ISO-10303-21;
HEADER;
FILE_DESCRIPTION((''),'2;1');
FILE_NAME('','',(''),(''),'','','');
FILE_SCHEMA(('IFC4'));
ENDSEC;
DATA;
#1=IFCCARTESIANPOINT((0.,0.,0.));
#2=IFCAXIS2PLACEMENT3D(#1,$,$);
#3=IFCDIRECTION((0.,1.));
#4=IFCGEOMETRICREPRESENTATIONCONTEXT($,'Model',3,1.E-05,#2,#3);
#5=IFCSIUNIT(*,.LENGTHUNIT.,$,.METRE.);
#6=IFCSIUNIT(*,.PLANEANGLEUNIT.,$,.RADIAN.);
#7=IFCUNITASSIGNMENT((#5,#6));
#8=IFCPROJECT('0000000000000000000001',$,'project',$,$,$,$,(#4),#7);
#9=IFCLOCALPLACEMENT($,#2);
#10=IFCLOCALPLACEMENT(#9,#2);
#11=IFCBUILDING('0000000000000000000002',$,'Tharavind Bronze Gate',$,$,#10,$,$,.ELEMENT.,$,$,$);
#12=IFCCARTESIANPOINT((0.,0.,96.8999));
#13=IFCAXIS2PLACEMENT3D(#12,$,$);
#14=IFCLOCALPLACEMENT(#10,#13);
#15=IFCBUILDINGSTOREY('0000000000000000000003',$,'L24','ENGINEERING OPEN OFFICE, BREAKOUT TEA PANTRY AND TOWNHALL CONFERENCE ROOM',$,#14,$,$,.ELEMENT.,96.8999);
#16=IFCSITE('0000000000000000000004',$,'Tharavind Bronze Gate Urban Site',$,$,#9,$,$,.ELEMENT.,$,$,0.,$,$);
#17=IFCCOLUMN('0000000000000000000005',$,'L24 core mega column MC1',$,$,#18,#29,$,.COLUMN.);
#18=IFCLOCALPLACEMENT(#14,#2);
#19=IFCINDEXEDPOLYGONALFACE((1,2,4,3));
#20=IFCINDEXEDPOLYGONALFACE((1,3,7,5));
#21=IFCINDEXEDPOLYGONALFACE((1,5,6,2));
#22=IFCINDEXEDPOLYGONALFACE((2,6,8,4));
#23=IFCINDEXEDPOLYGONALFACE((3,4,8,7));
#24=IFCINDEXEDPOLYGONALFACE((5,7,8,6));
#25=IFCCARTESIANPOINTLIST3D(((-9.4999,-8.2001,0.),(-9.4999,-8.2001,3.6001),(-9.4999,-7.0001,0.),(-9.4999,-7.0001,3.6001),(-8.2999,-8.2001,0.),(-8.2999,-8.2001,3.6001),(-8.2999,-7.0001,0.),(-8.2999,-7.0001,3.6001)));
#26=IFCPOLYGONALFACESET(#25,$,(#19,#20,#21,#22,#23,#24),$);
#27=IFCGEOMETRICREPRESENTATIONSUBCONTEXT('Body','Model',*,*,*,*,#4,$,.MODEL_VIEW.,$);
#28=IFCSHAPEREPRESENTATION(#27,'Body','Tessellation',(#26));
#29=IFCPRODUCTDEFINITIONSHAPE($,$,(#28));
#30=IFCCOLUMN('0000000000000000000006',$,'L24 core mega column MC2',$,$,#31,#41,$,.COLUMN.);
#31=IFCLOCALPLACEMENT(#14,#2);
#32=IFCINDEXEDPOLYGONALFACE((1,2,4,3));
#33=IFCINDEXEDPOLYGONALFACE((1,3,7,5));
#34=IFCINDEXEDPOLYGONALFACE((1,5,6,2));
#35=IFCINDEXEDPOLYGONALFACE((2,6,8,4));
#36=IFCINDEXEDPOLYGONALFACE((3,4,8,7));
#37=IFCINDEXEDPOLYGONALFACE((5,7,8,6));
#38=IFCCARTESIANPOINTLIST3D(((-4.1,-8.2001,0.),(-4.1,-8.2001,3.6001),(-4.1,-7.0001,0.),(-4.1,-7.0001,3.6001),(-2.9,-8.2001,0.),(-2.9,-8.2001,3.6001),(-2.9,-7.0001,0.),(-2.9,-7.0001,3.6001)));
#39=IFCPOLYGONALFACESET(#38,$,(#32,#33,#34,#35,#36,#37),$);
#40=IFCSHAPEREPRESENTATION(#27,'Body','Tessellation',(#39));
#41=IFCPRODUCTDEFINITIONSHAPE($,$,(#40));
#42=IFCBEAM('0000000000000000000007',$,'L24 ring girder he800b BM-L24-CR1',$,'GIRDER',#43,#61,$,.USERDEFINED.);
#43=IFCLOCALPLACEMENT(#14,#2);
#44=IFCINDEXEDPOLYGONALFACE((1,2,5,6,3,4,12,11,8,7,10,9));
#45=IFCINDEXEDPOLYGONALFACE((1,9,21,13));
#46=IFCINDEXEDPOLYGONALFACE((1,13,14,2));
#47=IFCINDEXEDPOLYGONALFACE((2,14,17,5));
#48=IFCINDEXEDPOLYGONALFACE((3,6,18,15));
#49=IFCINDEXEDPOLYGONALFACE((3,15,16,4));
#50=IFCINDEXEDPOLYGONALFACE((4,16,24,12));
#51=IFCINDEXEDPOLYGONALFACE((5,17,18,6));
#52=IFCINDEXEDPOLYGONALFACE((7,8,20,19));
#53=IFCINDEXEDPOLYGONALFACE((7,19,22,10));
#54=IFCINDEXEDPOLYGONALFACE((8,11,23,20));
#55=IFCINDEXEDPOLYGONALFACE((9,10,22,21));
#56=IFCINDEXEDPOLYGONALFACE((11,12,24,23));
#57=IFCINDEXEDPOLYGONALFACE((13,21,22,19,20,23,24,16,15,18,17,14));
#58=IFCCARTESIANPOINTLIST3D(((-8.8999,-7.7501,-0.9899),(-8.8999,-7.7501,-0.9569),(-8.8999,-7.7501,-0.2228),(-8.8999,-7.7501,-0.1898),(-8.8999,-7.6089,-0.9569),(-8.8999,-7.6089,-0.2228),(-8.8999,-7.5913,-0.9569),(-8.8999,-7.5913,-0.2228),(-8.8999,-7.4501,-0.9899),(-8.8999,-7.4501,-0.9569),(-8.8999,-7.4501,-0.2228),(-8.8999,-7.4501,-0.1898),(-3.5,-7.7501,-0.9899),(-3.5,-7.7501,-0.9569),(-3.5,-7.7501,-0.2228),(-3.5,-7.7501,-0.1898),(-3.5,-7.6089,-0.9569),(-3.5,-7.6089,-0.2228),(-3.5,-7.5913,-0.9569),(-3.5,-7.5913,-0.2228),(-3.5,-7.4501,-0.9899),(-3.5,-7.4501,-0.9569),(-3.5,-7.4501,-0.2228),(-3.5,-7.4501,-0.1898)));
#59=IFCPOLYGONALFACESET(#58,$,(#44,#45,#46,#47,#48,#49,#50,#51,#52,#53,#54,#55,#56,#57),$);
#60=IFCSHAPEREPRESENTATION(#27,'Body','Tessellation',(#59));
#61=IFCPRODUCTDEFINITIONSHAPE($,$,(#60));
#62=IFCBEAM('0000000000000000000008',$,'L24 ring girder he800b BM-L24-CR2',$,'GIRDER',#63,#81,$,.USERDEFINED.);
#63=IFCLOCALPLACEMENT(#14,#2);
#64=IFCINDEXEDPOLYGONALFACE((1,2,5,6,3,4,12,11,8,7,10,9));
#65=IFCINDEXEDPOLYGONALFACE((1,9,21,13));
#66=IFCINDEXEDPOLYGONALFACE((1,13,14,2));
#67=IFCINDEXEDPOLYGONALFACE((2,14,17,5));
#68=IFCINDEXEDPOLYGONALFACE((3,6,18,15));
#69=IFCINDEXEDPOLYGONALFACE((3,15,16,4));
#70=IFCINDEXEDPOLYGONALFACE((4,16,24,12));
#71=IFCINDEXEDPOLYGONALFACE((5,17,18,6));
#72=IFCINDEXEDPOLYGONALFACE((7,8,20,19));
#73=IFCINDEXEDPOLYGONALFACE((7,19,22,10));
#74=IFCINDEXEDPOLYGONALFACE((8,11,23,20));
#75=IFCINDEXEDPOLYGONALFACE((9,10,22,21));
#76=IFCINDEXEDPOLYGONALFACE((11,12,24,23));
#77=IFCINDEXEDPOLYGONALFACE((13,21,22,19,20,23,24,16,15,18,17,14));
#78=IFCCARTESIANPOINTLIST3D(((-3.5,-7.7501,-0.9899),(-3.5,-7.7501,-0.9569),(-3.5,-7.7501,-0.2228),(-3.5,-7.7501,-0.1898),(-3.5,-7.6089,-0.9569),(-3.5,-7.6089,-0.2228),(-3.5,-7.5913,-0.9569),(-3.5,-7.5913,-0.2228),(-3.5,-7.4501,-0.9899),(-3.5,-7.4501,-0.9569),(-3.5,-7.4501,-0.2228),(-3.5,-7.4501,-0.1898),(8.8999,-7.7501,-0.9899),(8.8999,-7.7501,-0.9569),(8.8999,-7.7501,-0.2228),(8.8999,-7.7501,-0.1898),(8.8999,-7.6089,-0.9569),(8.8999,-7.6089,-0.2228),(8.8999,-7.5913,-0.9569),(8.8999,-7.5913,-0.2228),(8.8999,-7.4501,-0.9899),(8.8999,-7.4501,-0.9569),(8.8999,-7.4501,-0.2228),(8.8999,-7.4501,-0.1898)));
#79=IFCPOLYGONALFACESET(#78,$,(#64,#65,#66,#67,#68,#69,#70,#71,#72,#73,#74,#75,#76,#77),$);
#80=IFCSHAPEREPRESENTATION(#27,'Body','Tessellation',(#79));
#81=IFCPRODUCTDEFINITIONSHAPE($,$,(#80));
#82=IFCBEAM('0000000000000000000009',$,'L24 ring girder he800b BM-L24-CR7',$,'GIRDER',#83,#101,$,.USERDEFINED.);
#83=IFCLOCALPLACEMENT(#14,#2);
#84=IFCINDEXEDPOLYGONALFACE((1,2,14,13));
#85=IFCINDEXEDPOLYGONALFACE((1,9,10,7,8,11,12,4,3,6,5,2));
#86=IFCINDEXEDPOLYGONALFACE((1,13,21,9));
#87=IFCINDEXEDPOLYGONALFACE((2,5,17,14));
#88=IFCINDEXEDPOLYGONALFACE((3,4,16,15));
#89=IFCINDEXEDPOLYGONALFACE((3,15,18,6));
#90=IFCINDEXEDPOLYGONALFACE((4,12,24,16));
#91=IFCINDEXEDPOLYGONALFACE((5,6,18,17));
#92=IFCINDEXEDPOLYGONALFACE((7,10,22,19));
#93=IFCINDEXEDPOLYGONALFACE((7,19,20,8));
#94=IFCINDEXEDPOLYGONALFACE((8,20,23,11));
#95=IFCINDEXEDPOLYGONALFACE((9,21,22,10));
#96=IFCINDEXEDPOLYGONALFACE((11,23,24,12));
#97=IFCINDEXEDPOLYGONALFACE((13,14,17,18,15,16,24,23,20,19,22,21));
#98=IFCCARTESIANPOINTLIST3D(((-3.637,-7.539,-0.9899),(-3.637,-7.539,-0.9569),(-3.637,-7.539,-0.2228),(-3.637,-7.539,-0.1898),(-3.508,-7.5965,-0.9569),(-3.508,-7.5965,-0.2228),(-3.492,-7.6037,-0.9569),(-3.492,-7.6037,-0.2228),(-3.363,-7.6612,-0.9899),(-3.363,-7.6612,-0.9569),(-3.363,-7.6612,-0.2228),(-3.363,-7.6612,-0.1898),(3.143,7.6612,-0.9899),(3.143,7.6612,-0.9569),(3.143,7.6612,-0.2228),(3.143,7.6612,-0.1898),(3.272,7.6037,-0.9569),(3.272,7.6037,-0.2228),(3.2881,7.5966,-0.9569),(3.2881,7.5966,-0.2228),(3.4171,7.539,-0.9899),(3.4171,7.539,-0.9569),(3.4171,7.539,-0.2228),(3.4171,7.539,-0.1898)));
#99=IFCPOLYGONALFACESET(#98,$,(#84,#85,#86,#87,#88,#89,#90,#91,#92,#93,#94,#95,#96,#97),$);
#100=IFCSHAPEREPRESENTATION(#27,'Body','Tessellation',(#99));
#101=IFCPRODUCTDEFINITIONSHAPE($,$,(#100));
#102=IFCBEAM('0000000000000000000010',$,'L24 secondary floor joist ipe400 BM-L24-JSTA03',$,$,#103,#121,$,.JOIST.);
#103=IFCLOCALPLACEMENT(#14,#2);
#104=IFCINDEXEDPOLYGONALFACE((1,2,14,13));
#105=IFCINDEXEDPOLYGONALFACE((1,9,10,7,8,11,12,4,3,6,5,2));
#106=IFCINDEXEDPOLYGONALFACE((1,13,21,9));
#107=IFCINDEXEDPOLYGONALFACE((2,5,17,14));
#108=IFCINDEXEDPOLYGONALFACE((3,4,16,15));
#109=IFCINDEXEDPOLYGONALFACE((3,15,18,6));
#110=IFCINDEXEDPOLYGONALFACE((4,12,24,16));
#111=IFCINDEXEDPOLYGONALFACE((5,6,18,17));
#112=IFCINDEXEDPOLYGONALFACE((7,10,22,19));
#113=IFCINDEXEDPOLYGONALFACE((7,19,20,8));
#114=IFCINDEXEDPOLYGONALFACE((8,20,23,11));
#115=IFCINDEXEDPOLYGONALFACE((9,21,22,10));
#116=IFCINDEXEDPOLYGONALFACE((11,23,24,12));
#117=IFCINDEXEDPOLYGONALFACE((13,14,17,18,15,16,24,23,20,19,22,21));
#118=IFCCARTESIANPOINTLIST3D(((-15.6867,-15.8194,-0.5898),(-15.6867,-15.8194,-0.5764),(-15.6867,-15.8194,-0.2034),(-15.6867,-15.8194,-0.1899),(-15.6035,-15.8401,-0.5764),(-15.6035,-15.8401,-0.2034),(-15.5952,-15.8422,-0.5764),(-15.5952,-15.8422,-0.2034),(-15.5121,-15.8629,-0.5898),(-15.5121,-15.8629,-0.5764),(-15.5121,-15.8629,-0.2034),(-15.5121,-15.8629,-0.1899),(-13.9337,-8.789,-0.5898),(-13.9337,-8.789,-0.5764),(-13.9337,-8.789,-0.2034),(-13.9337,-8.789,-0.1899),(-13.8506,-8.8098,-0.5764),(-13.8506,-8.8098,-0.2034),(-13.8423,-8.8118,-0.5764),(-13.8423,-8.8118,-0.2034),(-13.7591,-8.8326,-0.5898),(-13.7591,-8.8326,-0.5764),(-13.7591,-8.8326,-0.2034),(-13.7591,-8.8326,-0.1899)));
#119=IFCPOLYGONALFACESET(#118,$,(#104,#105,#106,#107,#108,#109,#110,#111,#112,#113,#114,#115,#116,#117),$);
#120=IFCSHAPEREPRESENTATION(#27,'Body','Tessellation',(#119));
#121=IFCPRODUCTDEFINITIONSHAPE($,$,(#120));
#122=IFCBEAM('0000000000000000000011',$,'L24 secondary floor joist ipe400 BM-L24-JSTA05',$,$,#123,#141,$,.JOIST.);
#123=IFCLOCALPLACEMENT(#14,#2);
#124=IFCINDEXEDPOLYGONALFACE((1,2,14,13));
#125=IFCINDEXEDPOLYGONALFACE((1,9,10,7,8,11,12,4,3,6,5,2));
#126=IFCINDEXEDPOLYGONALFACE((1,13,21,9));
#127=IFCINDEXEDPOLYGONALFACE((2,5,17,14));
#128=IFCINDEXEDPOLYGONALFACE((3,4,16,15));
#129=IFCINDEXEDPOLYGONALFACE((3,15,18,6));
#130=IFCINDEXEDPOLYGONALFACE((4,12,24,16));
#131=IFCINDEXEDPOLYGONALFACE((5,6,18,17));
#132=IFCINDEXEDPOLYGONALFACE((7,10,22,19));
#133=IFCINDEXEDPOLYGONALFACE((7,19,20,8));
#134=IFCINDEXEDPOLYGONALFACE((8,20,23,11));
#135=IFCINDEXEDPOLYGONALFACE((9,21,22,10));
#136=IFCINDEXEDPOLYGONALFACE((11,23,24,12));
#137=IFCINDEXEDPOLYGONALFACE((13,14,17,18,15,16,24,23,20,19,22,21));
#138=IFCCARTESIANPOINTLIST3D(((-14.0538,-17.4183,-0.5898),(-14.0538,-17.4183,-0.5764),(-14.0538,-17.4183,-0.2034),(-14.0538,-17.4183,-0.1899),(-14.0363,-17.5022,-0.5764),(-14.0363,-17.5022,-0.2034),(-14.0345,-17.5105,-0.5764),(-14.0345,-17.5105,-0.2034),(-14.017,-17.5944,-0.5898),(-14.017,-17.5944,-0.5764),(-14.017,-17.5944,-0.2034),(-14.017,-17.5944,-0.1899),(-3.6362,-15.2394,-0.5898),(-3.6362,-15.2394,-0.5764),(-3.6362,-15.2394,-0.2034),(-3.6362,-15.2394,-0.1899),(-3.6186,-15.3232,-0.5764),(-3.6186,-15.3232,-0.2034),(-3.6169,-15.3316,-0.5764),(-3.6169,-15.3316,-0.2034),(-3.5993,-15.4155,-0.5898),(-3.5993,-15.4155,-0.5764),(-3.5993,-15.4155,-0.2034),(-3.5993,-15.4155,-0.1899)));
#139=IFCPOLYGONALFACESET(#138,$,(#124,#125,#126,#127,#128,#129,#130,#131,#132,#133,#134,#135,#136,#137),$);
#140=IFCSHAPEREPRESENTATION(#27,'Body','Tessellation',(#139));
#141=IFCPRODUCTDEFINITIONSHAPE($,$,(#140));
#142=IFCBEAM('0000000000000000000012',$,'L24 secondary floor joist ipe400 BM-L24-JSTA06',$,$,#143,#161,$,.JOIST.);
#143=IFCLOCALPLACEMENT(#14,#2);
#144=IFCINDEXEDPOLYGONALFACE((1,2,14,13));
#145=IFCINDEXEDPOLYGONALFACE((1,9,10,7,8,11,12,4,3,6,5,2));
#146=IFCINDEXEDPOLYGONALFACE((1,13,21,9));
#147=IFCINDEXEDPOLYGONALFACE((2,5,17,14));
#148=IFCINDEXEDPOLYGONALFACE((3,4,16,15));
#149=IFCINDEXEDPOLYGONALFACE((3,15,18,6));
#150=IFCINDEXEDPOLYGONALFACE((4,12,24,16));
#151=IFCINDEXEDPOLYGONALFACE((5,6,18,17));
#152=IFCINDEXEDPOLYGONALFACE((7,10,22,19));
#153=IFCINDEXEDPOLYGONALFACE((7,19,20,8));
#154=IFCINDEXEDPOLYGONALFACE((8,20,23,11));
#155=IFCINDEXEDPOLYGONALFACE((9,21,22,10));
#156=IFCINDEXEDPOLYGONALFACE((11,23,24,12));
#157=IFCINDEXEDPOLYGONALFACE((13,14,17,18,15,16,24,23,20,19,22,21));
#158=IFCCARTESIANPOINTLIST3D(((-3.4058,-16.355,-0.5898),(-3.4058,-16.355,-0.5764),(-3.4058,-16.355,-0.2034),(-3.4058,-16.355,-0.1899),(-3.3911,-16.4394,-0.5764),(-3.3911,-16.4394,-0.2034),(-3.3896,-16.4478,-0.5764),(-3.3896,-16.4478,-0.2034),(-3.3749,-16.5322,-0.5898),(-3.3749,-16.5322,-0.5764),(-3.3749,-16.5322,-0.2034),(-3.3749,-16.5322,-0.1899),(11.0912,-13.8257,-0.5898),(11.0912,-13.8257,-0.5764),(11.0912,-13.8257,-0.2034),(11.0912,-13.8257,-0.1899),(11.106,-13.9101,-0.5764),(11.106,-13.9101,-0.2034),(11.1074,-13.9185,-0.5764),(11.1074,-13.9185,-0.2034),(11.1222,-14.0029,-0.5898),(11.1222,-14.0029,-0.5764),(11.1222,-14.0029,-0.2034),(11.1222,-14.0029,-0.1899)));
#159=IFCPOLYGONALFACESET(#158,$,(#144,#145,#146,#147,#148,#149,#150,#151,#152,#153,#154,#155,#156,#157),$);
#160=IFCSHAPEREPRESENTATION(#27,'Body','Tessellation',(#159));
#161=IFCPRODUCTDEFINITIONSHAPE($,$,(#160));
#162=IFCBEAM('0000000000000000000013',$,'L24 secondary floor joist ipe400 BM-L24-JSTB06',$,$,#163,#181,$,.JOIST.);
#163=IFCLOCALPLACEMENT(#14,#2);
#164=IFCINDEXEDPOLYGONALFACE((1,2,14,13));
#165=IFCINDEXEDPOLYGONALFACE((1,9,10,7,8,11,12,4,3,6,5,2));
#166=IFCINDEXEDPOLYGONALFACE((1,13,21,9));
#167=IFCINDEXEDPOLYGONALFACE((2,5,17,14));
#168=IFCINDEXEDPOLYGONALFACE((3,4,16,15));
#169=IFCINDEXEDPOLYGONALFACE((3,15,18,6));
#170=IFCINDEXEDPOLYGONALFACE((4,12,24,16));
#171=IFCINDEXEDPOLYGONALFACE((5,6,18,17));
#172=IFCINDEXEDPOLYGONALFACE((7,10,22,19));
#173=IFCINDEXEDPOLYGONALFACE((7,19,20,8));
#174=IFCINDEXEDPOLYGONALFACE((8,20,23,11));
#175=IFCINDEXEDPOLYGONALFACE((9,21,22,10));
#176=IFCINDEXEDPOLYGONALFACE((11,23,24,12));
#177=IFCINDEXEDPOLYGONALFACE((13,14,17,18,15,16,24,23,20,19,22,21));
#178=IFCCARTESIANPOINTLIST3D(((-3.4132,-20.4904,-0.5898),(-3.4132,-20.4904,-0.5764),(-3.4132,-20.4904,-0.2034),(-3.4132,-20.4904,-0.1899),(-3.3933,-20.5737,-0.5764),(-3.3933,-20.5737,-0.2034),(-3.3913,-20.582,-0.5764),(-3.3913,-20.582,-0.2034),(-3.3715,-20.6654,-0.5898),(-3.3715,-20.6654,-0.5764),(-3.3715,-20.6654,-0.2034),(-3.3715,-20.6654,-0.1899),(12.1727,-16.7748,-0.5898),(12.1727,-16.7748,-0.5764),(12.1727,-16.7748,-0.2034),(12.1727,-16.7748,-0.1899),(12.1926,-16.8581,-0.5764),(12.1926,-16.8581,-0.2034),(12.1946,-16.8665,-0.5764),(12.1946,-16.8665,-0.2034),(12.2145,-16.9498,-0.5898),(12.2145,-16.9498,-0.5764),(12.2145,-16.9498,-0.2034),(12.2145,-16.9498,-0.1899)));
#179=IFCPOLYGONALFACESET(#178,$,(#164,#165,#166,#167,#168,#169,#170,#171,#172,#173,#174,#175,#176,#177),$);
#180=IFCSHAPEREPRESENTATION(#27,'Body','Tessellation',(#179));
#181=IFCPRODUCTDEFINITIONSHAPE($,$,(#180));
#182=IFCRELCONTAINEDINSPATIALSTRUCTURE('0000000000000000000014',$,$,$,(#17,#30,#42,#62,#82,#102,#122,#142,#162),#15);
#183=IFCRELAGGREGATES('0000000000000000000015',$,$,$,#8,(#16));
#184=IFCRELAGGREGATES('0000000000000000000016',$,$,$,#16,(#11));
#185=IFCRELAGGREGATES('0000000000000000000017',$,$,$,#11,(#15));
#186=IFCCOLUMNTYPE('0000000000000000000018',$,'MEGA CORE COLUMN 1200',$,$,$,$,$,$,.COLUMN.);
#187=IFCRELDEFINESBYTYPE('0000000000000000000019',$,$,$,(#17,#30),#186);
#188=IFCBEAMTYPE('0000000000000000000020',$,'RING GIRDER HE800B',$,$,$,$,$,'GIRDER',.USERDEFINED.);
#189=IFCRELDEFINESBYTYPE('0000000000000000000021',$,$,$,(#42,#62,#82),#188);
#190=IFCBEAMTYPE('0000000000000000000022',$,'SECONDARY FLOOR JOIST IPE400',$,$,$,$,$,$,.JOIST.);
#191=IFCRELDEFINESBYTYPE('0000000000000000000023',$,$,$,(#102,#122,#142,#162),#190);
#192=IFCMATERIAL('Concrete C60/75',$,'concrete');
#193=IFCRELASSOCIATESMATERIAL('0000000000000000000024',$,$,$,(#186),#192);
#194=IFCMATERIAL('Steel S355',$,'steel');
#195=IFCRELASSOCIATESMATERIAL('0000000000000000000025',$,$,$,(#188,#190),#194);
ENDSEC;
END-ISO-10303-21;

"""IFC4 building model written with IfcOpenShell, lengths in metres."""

from ifc_helpers import new_model, si_unit, direction, frame, origin, origin_2d, place, context, subcontext, project, spatial, rectangle, i_section, extrude, material, material_profile, profile_set, type_object, element, save


model = new_model("IFC4")

# Units and contexts
model_context = context("Model", 3, precision=1e-05, world=origin(), true_north=direction((0.0, 1.0)))
body_context = subcontext(model_context, "Body", "Model", "MODEL_VIEW")
ifc_project = project(units=[si_unit("LENGTHUNIT", "METRE"), si_unit("PLANEANGLEUNIT", "RADIAN")], contexts=[model_context])

# Site, building, storey
site_placement = place(None, origin())
site = spatial("IfcSite", under=ifc_project, at=site_placement, Name="Tharavind Bronze Gate Urban Site", CompositionType="ELEMENT", RefElevation=0.0)
building_placement = place(site_placement, origin())
building = spatial("IfcBuilding", under=site, at=building_placement, Name="Tharavind Bronze Gate", CompositionType="ELEMENT")
storey_placement = place(building_placement, frame((0.0, 0.0, 96.8999)))
storey = spatial("IfcBuildingStorey", under=building, at=storey_placement, Name="L24", Description="ENGINEERING OPEN OFFICE, BREAKOUT TEA PANTRY AND TOWNHALL CONFERENCE ROOM", CompositionType="ELEMENT", Elevation=96.8999)

# Columns
ifc_material_1 = material(Name="Concrete C60/75", Category="concrete")
ifc_material_profile_1 = material_profile(ifc_material_1, rectangle(XDim=1.2, YDim=1.2, at=origin_2d()), Name="RCCOL1200")
ifc_profile_set_1 = profile_set([ifc_material_profile_1], Name="Concrete C60/75")
column_type = type_object("IfcColumnType", Name="MEGA CORE COLUMN 1200", PredefinedType="COLUMN", material=ifc_profile_set_1)
for number, where, z_axis, x_axis, name in (
    (1, (-8.8999, -7.6001, 0.0), (0.0, 0.0, 1.0), (1.0, 0.0, 0.0), "L24 core mega column MC1"),
    (2, (-3.5, -7.6001, 0.0), (0.0, 0.0, 1.0), (1.0, 0.0, 0.0), "L24 core mega column MC2"),
):
    element("IfcColumn", number, at=place(storey_placement, frame(where, z_axis=z_axis, x_axis=x_axis)), inside=storey, type_object=column_type, Name=name, PredefinedType="COLUMN", context=body_context, shape_type="SweptSolid", body=[
        extrude(rectangle(XDim=1.2, YDim=1.2, at=origin_2d()), origin(), (0.0, 0.0, 1.0), 3.6001),
    ])

# Beams
ifc_material_2 = material(Name="Steel S355", Category="steel")
ifc_material_profile_2 = material_profile(ifc_material_2, i_section(OverallWidth=0.3, OverallDepth=0.8, WebThickness=0.0176, FlangeThickness=0.033, at=origin_2d()), Name="HE800B")
ifc_profile_set_2 = profile_set([ifc_material_profile_2], Name="Steel S355")
beam_type_1 = type_object("IfcBeamType", Name="RING GIRDER HE800B", ElementType="GIRDER", PredefinedType="USERDEFINED", material=ifc_profile_set_2)
beam_1_placement = place(storey_placement, frame((-8.8999, -7.6001, -0.5898), z_axis=(1.0, 0.0, 0.0), x_axis=(0.0, 1.0, 0.0)))
element("IfcBeam", 3, at=beam_1_placement, inside=storey, type_object=beam_type_1, Name="L24 ring girder he800b BM-L24-CR1", ObjectType="GIRDER", PredefinedType="USERDEFINED", context=body_context, shape_type="SweptSolid", body=[
    extrude(i_section(OverallWidth=0.3, OverallDepth=0.8, WebThickness=0.0176, FlangeThickness=0.033, at=origin_2d()), origin(), (0.0, 0.0, 1.0), 5.3999),
])
beam_2_placement = place(storey_placement, frame((-3.5, -7.6001, -0.5898), z_axis=(1.0, 0.0, 0.0), x_axis=(0.0, 1.0, 0.0)))
element("IfcBeam", 4, at=beam_2_placement, inside=storey, type_object=beam_type_1, Name="L24 ring girder he800b BM-L24-CR2", ObjectType="GIRDER", PredefinedType="USERDEFINED", context=body_context, shape_type="SweptSolid", body=[
    extrude(i_section(OverallWidth=0.3, OverallDepth=0.8, WebThickness=0.0176, FlangeThickness=0.033, at=origin_2d()), origin(), (0.0, 0.0, 1.0), 12.3999),
])
beam_3_placement = place(storey_placement, frame((-3.5, -7.6001, -0.5898), z_axis=(0.407362, 0.913267, 0.0), x_axis=(-0.913267, 0.407362, 0.0)))
element("IfcBeam", 5, at=beam_3_placement, inside=storey, type_object=beam_type_1, Name="L24 ring girder he800b BM-L24-CR7", ObjectType="GIRDER", PredefinedType="USERDEFINED", context=body_context, shape_type="SweptSolid", body=[
    extrude(i_section(OverallWidth=0.3, OverallDepth=0.8, WebThickness=0.0176, FlangeThickness=0.033, at=origin_2d()), origin(), (0.0, 0.0, 1.0), 16.6438),
])
ifc_material_profile_3 = material_profile(ifc_material_2, i_section(OverallWidth=0.1799, OverallDepth=0.3999, WebThickness=0.0085, FlangeThickness=0.0134, at=origin_2d()), Name="IPE400")
ifc_profile_set_3 = profile_set([ifc_material_profile_3], Name="Steel S355")
beam_type_2 = type_object("IfcBeamType", Name="SECONDARY FLOOR JOIST IPE400", PredefinedType="JOIST", material=ifc_profile_set_3)
beam_4_placement = place(storey_placement, frame((-13.8464, -8.8108, -0.3899), z_axis=(-0.241933, -0.970293, 0.0), x_axis=(0.970293, -0.241933, 0.0)))
element("IfcBeam", 6, at=beam_4_placement, inside=storey, type_object=beam_type_2, Name="L24 secondary floor joist ipe400 BM-L24-JSTA03", PredefinedType="JOIST", context=body_context, shape_type="SweptSolid", body=[
    extrude(i_section(OverallWidth=0.1799, OverallDepth=0.3999, WebThickness=0.0085, FlangeThickness=0.0134, at=origin_2d()), origin(), (0.0, 0.0, 1.0), 7.2456),
])
beam_5_placement = place(storey_placement, frame((-14.0354, -17.5063, -0.3899), z_axis=(0.978819, 0.204728, 0.0), x_axis=(-0.204728, 0.978819, 0.0)))
element("IfcBeam", 7, at=beam_5_placement, inside=storey, type_object=beam_type_2, Name="L24 secondary floor joist ipe400 BM-L24-JSTA05", PredefinedType="JOIST", context=body_context, shape_type="SweptSolid", body=[
    extrude(i_section(OverallWidth=0.1799, OverallDepth=0.3999, WebThickness=0.0085, FlangeThickness=0.0134, at=origin_2d()), origin(), (0.0, 0.0, 1.0), 10.6431),
])
beam_6_placement = place(storey_placement, frame((-3.3904, -16.4436, -0.3899), z_axis=(0.985119, 0.171873, 0.0), x_axis=(-0.171873, 0.985119, 0.0)))
element("IfcBeam", 8, at=beam_6_placement, inside=storey, type_object=beam_type_2, Name="L24 secondary floor joist ipe400 BM-L24-JSTA06", PredefinedType="JOIST", context=body_context, shape_type="SweptSolid", body=[
    extrude(i_section(OverallWidth=0.1799, OverallDepth=0.3999, WebThickness=0.0085, FlangeThickness=0.0134, at=origin_2d()), origin(), (0.0, 0.0, 1.0), 14.7161),
])
beam_7_placement = place(storey_placement, frame((-3.3923, -20.5779, -0.3899), z_axis=(0.972741, 0.231894, 0.0), x_axis=(-0.231894, 0.972741, 0.0)))
element("IfcBeam", 9, at=beam_7_placement, inside=storey, type_object=beam_type_2, Name="L24 secondary floor joist ipe400 BM-L24-JSTB06", PredefinedType="JOIST", context=body_context, shape_type="SweptSolid", body=[
    extrude(i_section(OverallWidth=0.1799, OverallDepth=0.3999, WebThickness=0.0085, FlangeThickness=0.0134, at=origin_2d()), origin(), (0.0, 0.0, 1.0), 16.0227),
])

save(model, "model.ifc")
